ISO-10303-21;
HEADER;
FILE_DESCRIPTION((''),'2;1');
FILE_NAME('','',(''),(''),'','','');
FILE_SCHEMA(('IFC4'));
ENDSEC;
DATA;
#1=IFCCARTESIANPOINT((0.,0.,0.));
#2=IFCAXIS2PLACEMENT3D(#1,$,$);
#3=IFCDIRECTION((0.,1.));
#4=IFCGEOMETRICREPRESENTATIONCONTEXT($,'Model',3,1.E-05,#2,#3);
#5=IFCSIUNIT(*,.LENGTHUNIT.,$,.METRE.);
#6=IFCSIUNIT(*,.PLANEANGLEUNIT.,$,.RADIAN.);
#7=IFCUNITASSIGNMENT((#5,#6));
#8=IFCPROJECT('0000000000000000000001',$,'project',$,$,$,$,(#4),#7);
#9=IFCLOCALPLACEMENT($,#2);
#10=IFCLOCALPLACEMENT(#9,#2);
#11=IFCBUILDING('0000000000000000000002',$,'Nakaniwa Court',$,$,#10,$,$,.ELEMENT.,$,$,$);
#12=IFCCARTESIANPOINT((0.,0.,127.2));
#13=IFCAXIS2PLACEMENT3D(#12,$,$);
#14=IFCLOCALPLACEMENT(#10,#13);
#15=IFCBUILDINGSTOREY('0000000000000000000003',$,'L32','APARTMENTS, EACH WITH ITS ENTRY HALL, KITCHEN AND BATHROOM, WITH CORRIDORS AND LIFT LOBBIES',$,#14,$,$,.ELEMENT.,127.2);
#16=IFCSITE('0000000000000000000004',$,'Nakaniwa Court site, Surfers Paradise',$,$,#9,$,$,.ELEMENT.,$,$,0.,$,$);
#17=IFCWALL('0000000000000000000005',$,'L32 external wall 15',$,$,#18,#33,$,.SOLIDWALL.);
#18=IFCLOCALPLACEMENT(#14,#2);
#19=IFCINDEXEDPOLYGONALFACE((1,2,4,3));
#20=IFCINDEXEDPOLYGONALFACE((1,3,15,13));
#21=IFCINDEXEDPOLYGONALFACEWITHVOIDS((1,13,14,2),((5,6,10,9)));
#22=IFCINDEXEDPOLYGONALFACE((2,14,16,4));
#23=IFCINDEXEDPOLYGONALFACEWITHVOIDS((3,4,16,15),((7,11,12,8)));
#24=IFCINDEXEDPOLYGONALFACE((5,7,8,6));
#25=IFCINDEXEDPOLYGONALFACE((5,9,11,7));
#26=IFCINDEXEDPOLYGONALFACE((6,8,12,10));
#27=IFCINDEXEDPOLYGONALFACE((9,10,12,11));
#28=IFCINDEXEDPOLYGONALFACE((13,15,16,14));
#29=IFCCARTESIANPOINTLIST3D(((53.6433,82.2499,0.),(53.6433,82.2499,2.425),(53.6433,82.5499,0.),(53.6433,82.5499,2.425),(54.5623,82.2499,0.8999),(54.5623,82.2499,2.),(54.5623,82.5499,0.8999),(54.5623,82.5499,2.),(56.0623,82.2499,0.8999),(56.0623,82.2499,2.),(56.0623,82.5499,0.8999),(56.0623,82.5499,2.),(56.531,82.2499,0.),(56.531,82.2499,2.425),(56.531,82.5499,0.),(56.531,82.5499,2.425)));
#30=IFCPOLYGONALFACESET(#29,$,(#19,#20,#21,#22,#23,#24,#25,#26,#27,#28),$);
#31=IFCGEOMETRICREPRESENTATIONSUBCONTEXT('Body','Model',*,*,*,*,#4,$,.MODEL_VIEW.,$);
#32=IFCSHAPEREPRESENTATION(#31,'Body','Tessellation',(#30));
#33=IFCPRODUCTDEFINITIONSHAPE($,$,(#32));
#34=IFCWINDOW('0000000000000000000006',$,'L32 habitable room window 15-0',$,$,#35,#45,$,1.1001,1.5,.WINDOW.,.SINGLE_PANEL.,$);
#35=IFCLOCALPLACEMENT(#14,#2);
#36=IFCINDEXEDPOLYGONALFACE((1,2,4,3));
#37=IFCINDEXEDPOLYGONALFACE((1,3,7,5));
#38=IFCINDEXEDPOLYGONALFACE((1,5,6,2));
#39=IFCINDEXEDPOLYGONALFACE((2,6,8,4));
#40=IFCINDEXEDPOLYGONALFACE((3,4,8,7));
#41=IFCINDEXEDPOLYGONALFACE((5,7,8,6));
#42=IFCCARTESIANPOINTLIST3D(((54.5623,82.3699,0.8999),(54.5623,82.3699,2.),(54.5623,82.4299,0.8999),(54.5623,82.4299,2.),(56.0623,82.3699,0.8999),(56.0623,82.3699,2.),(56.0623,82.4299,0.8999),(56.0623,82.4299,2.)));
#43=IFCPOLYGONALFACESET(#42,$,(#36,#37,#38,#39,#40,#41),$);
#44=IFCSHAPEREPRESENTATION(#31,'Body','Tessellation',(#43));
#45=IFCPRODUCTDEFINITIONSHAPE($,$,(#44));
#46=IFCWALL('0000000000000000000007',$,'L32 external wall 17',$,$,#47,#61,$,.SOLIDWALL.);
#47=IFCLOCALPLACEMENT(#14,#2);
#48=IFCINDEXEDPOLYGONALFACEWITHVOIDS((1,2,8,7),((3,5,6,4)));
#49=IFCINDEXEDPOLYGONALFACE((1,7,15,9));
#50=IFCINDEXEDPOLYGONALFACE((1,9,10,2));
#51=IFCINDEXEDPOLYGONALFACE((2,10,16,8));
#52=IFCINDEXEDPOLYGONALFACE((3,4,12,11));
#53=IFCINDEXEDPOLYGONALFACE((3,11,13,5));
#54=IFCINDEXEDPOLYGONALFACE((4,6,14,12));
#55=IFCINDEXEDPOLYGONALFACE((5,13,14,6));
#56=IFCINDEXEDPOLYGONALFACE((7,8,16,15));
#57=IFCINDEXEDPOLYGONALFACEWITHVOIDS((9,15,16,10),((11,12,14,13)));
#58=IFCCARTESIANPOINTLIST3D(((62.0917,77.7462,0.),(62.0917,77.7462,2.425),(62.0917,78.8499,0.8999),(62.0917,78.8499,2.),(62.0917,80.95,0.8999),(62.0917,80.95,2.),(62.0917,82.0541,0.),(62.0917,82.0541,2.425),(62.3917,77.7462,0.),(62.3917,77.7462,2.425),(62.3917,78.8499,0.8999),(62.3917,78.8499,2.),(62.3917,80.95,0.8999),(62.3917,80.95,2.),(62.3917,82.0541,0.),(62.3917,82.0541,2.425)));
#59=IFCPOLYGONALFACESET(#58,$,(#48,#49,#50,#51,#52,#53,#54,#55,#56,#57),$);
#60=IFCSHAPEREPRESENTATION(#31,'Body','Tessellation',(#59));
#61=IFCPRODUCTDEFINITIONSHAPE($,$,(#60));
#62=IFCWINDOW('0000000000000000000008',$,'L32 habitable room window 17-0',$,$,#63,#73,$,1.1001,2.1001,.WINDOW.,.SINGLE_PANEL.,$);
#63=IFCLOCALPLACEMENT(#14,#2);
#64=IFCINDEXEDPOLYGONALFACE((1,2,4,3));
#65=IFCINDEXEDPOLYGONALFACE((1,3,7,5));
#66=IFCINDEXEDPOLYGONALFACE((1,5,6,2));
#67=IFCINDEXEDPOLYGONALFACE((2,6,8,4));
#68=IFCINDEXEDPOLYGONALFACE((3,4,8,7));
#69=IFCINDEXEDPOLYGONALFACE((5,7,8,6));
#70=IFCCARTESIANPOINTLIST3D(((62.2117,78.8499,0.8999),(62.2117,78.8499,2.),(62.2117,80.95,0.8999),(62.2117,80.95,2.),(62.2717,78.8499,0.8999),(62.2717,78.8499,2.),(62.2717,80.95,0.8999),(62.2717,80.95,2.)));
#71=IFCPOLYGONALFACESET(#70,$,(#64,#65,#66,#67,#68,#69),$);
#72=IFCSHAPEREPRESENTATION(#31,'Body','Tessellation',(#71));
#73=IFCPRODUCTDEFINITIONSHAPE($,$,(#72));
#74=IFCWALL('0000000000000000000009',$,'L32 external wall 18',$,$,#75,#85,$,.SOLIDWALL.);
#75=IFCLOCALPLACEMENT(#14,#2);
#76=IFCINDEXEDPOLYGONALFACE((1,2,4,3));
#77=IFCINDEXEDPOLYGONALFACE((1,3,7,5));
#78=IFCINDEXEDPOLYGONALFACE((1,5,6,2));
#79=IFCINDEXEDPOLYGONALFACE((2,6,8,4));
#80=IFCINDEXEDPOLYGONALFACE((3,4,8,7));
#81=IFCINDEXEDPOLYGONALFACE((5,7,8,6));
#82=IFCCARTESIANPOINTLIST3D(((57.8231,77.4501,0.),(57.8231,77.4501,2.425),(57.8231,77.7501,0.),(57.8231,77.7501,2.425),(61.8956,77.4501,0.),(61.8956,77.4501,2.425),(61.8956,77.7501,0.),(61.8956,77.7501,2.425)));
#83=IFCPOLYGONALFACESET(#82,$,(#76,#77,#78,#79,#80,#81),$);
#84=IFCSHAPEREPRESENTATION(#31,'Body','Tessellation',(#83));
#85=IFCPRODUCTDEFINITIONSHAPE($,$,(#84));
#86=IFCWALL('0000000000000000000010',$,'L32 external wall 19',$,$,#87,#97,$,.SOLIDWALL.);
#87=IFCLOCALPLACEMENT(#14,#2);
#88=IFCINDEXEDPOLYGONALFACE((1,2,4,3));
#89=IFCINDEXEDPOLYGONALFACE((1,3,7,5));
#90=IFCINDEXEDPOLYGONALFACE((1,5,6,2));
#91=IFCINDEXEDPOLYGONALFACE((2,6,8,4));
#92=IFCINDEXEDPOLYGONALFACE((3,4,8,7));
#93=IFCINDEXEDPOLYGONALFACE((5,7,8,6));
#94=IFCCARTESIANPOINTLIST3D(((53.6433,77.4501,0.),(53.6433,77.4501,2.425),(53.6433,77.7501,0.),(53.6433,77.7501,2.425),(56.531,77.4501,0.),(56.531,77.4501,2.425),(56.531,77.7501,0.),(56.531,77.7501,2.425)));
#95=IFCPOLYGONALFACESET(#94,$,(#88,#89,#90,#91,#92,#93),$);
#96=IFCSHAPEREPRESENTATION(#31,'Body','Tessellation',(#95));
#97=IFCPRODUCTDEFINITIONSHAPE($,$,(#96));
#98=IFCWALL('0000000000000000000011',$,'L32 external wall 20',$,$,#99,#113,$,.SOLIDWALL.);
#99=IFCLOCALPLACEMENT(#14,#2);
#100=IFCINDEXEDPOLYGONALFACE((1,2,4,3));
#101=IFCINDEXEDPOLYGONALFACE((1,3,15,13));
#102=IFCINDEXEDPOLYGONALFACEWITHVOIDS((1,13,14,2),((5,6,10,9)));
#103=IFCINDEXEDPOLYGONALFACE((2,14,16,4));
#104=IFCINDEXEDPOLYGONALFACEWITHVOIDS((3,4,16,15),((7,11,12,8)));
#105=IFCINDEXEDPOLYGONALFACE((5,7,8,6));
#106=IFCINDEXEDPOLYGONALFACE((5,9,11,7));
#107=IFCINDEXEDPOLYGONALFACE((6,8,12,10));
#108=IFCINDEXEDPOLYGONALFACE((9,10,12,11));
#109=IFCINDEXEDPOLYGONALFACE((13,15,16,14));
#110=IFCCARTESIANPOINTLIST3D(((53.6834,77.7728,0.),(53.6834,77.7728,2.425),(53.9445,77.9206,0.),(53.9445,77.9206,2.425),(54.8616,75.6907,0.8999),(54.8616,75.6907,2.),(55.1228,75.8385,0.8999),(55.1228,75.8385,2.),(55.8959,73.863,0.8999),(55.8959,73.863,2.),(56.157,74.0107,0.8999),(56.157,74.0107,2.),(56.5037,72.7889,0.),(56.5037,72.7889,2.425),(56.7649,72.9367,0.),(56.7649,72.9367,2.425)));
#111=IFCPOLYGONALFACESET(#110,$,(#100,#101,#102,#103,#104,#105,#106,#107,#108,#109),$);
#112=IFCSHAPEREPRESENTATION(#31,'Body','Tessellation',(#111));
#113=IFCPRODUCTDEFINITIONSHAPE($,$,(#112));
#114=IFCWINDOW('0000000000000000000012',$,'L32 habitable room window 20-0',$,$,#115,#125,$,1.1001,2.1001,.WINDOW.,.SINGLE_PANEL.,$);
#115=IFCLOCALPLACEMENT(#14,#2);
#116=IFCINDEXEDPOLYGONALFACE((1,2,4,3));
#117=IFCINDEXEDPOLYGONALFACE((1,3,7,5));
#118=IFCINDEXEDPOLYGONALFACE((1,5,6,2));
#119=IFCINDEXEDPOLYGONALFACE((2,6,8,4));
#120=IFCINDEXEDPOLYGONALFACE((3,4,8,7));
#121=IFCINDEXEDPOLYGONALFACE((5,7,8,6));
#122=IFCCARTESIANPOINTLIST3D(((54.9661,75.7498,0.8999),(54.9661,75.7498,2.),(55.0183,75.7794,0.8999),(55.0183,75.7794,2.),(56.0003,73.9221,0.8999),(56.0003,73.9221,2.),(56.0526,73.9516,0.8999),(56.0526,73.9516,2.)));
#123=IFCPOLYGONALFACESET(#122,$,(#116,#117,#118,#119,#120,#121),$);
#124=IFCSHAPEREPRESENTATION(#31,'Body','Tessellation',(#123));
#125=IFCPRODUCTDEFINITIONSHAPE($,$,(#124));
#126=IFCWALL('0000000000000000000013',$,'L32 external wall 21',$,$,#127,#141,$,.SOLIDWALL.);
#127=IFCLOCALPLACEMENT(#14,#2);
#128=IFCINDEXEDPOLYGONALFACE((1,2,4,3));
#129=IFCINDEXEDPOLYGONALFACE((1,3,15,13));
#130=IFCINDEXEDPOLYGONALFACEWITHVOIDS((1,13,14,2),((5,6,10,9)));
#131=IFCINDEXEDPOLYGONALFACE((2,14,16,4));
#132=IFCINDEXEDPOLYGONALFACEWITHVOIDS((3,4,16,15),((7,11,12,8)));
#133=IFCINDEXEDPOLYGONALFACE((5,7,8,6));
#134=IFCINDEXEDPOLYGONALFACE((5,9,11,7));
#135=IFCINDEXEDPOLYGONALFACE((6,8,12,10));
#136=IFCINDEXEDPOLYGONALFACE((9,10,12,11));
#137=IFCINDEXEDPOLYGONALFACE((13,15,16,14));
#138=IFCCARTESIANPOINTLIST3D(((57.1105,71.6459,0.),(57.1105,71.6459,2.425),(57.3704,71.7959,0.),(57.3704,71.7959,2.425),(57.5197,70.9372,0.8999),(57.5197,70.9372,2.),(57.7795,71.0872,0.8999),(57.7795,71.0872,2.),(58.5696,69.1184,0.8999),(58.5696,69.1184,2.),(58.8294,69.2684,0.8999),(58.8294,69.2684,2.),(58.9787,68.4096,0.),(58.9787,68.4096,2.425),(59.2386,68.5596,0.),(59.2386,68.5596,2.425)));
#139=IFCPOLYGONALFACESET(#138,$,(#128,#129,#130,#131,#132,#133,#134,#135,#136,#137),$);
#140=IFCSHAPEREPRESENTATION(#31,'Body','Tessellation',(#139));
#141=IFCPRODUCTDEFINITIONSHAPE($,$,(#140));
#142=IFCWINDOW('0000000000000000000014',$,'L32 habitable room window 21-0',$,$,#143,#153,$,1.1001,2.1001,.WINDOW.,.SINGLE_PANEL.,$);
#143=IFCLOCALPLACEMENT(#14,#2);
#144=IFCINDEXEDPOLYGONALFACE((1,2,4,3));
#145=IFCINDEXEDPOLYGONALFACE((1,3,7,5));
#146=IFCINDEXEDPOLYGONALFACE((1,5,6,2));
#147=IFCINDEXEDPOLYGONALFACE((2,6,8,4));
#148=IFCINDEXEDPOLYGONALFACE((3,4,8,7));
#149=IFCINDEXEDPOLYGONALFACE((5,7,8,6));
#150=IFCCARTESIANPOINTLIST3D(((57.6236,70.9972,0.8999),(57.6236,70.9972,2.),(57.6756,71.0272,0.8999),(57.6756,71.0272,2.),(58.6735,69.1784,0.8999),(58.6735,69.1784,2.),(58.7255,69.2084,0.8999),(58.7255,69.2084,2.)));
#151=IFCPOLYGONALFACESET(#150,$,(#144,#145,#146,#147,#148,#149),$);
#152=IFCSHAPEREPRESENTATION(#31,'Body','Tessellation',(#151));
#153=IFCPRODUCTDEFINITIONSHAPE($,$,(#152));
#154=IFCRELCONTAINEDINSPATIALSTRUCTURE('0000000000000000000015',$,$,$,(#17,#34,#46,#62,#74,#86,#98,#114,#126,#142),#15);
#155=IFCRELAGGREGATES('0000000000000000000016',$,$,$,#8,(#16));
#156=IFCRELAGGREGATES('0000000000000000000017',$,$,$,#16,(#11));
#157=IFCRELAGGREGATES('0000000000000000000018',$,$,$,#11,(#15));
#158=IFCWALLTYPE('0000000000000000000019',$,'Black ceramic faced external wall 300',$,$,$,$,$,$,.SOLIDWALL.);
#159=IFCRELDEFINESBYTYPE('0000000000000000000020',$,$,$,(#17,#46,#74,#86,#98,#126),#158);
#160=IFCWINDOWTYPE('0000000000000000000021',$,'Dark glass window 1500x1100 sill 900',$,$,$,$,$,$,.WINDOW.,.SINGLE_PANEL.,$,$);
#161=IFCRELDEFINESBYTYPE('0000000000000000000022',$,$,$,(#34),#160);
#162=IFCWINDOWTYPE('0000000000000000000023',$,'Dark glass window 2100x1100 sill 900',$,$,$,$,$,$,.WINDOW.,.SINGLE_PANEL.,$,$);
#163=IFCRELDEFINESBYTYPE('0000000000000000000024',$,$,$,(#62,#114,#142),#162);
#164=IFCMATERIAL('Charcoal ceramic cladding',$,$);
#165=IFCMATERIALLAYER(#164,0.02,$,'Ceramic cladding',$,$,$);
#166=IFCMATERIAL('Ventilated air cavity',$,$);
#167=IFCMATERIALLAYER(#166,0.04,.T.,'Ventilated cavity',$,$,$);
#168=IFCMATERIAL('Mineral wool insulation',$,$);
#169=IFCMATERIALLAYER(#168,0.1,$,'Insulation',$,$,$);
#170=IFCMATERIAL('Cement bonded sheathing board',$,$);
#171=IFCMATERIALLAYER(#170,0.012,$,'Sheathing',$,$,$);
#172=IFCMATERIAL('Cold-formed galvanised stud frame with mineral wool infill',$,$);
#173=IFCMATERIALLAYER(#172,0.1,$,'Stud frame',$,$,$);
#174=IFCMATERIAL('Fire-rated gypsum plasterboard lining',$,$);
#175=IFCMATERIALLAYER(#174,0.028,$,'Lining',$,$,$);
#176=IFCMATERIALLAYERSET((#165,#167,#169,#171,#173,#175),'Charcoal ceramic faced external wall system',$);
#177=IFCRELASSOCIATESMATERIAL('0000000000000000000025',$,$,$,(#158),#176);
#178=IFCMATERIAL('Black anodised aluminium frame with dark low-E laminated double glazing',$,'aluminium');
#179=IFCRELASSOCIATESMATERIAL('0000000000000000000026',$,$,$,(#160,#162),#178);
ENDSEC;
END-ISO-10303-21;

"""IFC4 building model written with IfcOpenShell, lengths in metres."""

from ifc_helpers import new_model, si_unit, direction, frame, frame_2d, origin, place, context, subcontext, project, spatial, rectangle, extrude, material, layer, layer_set, type_object, element, fill, save


model = new_model("IFC4")

# Units and contexts
model_context = context("Model", 3, precision=1e-05, world=origin(), true_north=direction((0.0, 1.0)))
body_context = subcontext(model_context, "Body", "Model", "MODEL_VIEW")
ifc_project = project(units=[si_unit("LENGTHUNIT", "METRE"), si_unit("PLANEANGLEUNIT", "RADIAN")], contexts=[model_context])

# Site, building, storey
site_placement = place(None, origin())
site = spatial("IfcSite", under=ifc_project, at=site_placement, Name="Nakaniwa Court site, Surfers Paradise", CompositionType="ELEMENT", RefElevation=0.0)
building_placement = place(site_placement, origin())
building = spatial("IfcBuilding", under=site, at=building_placement, Name="Nakaniwa Court", CompositionType="ELEMENT")
storey_placement = place(building_placement, frame((0.0, 0.0, 127.2)))
storey = spatial("IfcBuildingStorey", under=building, at=storey_placement, Name="L32", Description="APARTMENTS, EACH WITH ITS ENTRY HALL, KITCHEN AND BATHROOM, WITH CORRIDORS AND LIFT LOBBIES", CompositionType="ELEMENT", Elevation=127.2)

# Walls, openings, windows
ifc_material_1 = material(Name="Charcoal ceramic cladding")
ifc_layer_1 = layer(ifc_material_1, 0.02, Name="Ceramic cladding")
ifc_material_2 = material(Name="Ventilated air cavity")
ifc_layer_2 = layer(ifc_material_2, 0.04, ventilated=True, Name="Ventilated cavity")
ifc_material_3 = material(Name="Mineral wool insulation")
ifc_layer_3 = layer(ifc_material_3, 0.1, Name="Insulation")
ifc_material_4 = material(Name="Cement bonded sheathing board")
ifc_layer_4 = layer(ifc_material_4, 0.012, Name="Sheathing")
ifc_material_5 = material(Name="Cold-formed galvanised stud frame with mineral wool infill")
ifc_layer_5 = layer(ifc_material_5, 0.1, Name="Stud frame")
ifc_material_6 = material(Name="Fire-rated gypsum plasterboard lining")
ifc_layer_6 = layer(ifc_material_6, 0.028, Name="Lining")
ifc_layer_set_1 = layer_set([ifc_layer_1, ifc_layer_2, ifc_layer_3, ifc_layer_4, ifc_layer_5, ifc_layer_6], Name="Charcoal ceramic faced external wall system")
wall_type_1 = type_object("IfcWallType", Name="Black ceramic faced external wall 300", PredefinedType="SOLIDWALL", material=ifc_layer_set_1)
wall_1_placement = place(storey_placement, frame((53.6433, 82.3999, 0.0), z_axis=(0.0, 0.0, 1.0), x_axis=(1.0, 0.0, 0.0)))
wall_1 = element("IfcWall", 1, at=wall_1_placement, inside=storey, type_object=wall_type_1, Name="L32 external wall 15", PredefinedType="SOLIDWALL", context=body_context, shape_type="SweptSolid", body=[
    extrude(rectangle(XDim=2.8877, YDim=0.3, at=frame_2d((1.4438, 0.0))), origin(), (0.0, 0.0, 1.0), 2.425),
])
opening_1_placement = place(wall_1_placement, frame((0.9189, 0.0, 0.8999)))
opening_1 = element("IfcOpeningElement", 2, at=opening_1_placement, cuts=wall_1, PredefinedType="OPENING", context=body_context, shape_type="SweptSolid", body=[
    extrude(rectangle(XDim=1.5, YDim=1.1001, at=frame_2d((0.75, 0.55))), frame((0.0, 0.1599, 0.0), z_axis=(0.0, -1.0, 0.0), x_axis=(1.0, 0.0, 0.0)), (0.0, 0.0, 1.0), 0.3201),
])
ifc_material_7 = material(Name="Black anodised aluminium frame with dark low-E laminated double glazing", Category="aluminium")
window_type_1 = type_object("IfcWindowType", Name="Dark glass window 1500x1100 sill 900", PartitioningType="SINGLE_PANEL", PredefinedType="WINDOW", material=ifc_material_7)
window_1_placement = place(opening_1_placement, origin())
window_1 = element("IfcWindow", 3, at=window_1_placement, inside=storey, type_object=window_type_1, Name="L32 habitable room window 15-0", OverallHeight=1.1001, OverallWidth=1.5, PartitioningType="SINGLE_PANEL", PredefinedType="WINDOW", context=body_context, shape_type="SweptSolid", body=[
    extrude(rectangle(XDim=1.5, YDim=1.1001, at=frame_2d((0.75, 0.55))), frame((0.0, 0.03, 0.0), z_axis=(0.0, -1.0, 0.0), x_axis=(1.0, 0.0, 0.0)), (0.0, 0.0, 1.0), 0.0601),
])
fill(opening_1, window_1)
wall_2_placement = place(storey_placement, frame((62.2417, 82.054, 0.0), z_axis=(0.0, 0.0, 1.0), x_axis=(0.0, -1.0, 0.0)))
wall_2 = element("IfcWall", 4, at=wall_2_placement, inside=storey, type_object=wall_type_1, Name="L32 external wall 17", PredefinedType="SOLIDWALL", context=body_context, shape_type="SweptSolid", body=[
    extrude(rectangle(XDim=4.3079, YDim=0.3, at=frame_2d((2.1538, 0.0))), origin(), (0.0, 0.0, 1.0), 2.425),
])
opening_2_placement = place(wall_2_placement, frame((1.104, 0.0, 0.8999)))
opening_2 = element("IfcOpeningElement", 5, at=opening_2_placement, cuts=wall_2, PredefinedType="OPENING", context=body_context, shape_type="SweptSolid", body=[
    extrude(rectangle(XDim=2.1001, YDim=1.1001, at=frame_2d((1.05, 0.55))), frame((0.0, 0.1599, 0.0), z_axis=(0.0, -1.0, 0.0), x_axis=(1.0, 0.0, 0.0)), (0.0, 0.0, 1.0), 0.3201),
])
window_type_2 = type_object("IfcWindowType", Name="Dark glass window 2100x1100 sill 900", PartitioningType="SINGLE_PANEL", PredefinedType="WINDOW", material=ifc_material_7)
window_2_placement = place(opening_2_placement, origin())
window_2 = element("IfcWindow", 6, at=window_2_placement, inside=storey, type_object=window_type_2, Name="L32 habitable room window 17-0", OverallHeight=1.1001, OverallWidth=2.1001, PartitioningType="SINGLE_PANEL", PredefinedType="WINDOW", context=body_context, shape_type="SweptSolid", body=[
    extrude(rectangle(XDim=2.1001, YDim=1.1001, at=frame_2d((1.05, 0.55))), frame((0.0, 0.03, 0.0), z_axis=(0.0, -1.0, 0.0), x_axis=(1.0, 0.0, 0.0)), (0.0, 0.0, 1.0), 0.0601),
])
fill(opening_2, window_2)

# Walls
wall_3_placement = place(storey_placement, frame((61.8955, 77.6001, 0.0), z_axis=(0.0, 0.0, 1.0), x_axis=(-1.0, 0.0, 0.0)))
element("IfcWall", 7, at=wall_3_placement, inside=storey, type_object=wall_type_1, Name="L32 external wall 18", PredefinedType="SOLIDWALL", context=body_context, shape_type="SweptSolid", body=[
    extrude(rectangle(XDim=4.0725, YDim=0.3, at=frame_2d((2.0361, 0.0))), origin(), (0.0, 0.0, 1.0), 2.425),
])
wall_4_placement = place(storey_placement, frame((56.531, 77.6001, 0.0), z_axis=(0.0, 0.0, 1.0), x_axis=(-1.0, 0.0, 0.0)))
element("IfcWall", 8, at=wall_4_placement, inside=storey, type_object=wall_type_1, Name="L32 external wall 19", PredefinedType="SOLIDWALL", context=body_context, shape_type="SweptSolid", body=[
    extrude(rectangle(XDim=2.8877, YDim=0.3, at=frame_2d((1.4438, 0.0))), origin(), (0.0, 0.0, 1.0), 2.425),
])

# Walls, openings, windows
wall_5_placement = place(storey_placement, frame((53.814, 77.8467, 0.0), z_axis=(0.0, 0.0, 1.0), x_axis=(0.492498, -0.870313, 0.0)))
wall_5 = element("IfcWall", 9, at=wall_5_placement, inside=storey, type_object=wall_type_1, Name="L32 external wall 20", PredefinedType="SOLIDWALL", context=body_context, shape_type="SweptSolid", body=[
    extrude(rectangle(XDim=5.7266, YDim=0.3, at=frame_2d((2.8633, 0.0))), origin(), (0.0, 0.0, 1.0), 2.425),
])
opening_3_placement = place(wall_5_placement, frame((2.3923, 0.0, 0.8999)))
opening_3 = element("IfcOpeningElement", 10, at=opening_3_placement, cuts=wall_5, PredefinedType="OPENING", context=body_context, shape_type="SweptSolid", body=[
    extrude(rectangle(XDim=2.1001, YDim=1.1001, at=frame_2d((1.05, 0.55))), frame((0.0, 0.1599, 0.0), z_axis=(0.0, -1.0, 0.0), x_axis=(1.0, 0.0, 0.0)), (0.0, 0.0, 1.0), 0.3201),
])
window_3_placement = place(opening_3_placement, origin())
window_3 = element("IfcWindow", 11, at=window_3_placement, inside=storey, type_object=window_type_2, Name="L32 habitable room window 20-0", OverallHeight=1.1001, OverallWidth=2.1001, PartitioningType="SINGLE_PANEL", PredefinedType="WINDOW", context=body_context, shape_type="SweptSolid", body=[
    extrude(rectangle(XDim=2.1001, YDim=1.1001, at=frame_2d((1.05, 0.55))), frame((0.0, 0.03, 0.0), z_axis=(0.0, -1.0, 0.0), x_axis=(1.0, 0.0, 0.0)), (0.0, 0.0, 1.0), 0.0601),
])
fill(opening_3, window_3)
wall_6_placement = place(storey_placement, frame((57.2405, 71.7209, 0.0), z_axis=(0.0, 0.0, 1.0), x_axis=(0.499934, -0.866064, 0.0)))
wall_6 = element("IfcWall", 12, at=wall_6_placement, inside=storey, type_object=wall_type_1, Name="L32 external wall 21", PredefinedType="SOLIDWALL", context=body_context, shape_type="SweptSolid", body=[
    extrude(rectangle(XDim=3.7368, YDim=0.3, at=frame_2d((1.8684, 0.0))), origin(), (0.0, 0.0, 1.0), 2.425),
])
opening_4_placement = place(wall_6_placement, frame((0.8184, 0.0, 0.8999)))
opening_4 = element("IfcOpeningElement", 13, at=opening_4_placement, cuts=wall_6, PredefinedType="OPENING", context=body_context, shape_type="SweptSolid", body=[
    extrude(rectangle(XDim=2.1001, YDim=1.1001, at=frame_2d((1.05, 0.55))), frame((0.0, 0.1599, 0.0), z_axis=(0.0, -1.0, 0.0), x_axis=(1.0, 0.0, 0.0)), (0.0, 0.0, 1.0), 0.3201),
])
window_4_placement = place(opening_4_placement, origin())
window_4 = element("IfcWindow", 14, at=window_4_placement, inside=storey, type_object=window_type_2, Name="L32 habitable room window 21-0", OverallHeight=1.1001, OverallWidth=2.1001, PartitioningType="SINGLE_PANEL", PredefinedType="WINDOW", context=body_context, shape_type="SweptSolid", body=[
    extrude(rectangle(XDim=2.1001, YDim=1.1001, at=frame_2d((1.05, 0.55))), frame((0.0, 0.03, 0.0), z_axis=(0.0, -1.0, 0.0), x_axis=(1.0, 0.0, 0.0)), (0.0, 0.0, 1.0), 0.0601),
])
fill(opening_4, window_4)

save(model, "model.ifc")
